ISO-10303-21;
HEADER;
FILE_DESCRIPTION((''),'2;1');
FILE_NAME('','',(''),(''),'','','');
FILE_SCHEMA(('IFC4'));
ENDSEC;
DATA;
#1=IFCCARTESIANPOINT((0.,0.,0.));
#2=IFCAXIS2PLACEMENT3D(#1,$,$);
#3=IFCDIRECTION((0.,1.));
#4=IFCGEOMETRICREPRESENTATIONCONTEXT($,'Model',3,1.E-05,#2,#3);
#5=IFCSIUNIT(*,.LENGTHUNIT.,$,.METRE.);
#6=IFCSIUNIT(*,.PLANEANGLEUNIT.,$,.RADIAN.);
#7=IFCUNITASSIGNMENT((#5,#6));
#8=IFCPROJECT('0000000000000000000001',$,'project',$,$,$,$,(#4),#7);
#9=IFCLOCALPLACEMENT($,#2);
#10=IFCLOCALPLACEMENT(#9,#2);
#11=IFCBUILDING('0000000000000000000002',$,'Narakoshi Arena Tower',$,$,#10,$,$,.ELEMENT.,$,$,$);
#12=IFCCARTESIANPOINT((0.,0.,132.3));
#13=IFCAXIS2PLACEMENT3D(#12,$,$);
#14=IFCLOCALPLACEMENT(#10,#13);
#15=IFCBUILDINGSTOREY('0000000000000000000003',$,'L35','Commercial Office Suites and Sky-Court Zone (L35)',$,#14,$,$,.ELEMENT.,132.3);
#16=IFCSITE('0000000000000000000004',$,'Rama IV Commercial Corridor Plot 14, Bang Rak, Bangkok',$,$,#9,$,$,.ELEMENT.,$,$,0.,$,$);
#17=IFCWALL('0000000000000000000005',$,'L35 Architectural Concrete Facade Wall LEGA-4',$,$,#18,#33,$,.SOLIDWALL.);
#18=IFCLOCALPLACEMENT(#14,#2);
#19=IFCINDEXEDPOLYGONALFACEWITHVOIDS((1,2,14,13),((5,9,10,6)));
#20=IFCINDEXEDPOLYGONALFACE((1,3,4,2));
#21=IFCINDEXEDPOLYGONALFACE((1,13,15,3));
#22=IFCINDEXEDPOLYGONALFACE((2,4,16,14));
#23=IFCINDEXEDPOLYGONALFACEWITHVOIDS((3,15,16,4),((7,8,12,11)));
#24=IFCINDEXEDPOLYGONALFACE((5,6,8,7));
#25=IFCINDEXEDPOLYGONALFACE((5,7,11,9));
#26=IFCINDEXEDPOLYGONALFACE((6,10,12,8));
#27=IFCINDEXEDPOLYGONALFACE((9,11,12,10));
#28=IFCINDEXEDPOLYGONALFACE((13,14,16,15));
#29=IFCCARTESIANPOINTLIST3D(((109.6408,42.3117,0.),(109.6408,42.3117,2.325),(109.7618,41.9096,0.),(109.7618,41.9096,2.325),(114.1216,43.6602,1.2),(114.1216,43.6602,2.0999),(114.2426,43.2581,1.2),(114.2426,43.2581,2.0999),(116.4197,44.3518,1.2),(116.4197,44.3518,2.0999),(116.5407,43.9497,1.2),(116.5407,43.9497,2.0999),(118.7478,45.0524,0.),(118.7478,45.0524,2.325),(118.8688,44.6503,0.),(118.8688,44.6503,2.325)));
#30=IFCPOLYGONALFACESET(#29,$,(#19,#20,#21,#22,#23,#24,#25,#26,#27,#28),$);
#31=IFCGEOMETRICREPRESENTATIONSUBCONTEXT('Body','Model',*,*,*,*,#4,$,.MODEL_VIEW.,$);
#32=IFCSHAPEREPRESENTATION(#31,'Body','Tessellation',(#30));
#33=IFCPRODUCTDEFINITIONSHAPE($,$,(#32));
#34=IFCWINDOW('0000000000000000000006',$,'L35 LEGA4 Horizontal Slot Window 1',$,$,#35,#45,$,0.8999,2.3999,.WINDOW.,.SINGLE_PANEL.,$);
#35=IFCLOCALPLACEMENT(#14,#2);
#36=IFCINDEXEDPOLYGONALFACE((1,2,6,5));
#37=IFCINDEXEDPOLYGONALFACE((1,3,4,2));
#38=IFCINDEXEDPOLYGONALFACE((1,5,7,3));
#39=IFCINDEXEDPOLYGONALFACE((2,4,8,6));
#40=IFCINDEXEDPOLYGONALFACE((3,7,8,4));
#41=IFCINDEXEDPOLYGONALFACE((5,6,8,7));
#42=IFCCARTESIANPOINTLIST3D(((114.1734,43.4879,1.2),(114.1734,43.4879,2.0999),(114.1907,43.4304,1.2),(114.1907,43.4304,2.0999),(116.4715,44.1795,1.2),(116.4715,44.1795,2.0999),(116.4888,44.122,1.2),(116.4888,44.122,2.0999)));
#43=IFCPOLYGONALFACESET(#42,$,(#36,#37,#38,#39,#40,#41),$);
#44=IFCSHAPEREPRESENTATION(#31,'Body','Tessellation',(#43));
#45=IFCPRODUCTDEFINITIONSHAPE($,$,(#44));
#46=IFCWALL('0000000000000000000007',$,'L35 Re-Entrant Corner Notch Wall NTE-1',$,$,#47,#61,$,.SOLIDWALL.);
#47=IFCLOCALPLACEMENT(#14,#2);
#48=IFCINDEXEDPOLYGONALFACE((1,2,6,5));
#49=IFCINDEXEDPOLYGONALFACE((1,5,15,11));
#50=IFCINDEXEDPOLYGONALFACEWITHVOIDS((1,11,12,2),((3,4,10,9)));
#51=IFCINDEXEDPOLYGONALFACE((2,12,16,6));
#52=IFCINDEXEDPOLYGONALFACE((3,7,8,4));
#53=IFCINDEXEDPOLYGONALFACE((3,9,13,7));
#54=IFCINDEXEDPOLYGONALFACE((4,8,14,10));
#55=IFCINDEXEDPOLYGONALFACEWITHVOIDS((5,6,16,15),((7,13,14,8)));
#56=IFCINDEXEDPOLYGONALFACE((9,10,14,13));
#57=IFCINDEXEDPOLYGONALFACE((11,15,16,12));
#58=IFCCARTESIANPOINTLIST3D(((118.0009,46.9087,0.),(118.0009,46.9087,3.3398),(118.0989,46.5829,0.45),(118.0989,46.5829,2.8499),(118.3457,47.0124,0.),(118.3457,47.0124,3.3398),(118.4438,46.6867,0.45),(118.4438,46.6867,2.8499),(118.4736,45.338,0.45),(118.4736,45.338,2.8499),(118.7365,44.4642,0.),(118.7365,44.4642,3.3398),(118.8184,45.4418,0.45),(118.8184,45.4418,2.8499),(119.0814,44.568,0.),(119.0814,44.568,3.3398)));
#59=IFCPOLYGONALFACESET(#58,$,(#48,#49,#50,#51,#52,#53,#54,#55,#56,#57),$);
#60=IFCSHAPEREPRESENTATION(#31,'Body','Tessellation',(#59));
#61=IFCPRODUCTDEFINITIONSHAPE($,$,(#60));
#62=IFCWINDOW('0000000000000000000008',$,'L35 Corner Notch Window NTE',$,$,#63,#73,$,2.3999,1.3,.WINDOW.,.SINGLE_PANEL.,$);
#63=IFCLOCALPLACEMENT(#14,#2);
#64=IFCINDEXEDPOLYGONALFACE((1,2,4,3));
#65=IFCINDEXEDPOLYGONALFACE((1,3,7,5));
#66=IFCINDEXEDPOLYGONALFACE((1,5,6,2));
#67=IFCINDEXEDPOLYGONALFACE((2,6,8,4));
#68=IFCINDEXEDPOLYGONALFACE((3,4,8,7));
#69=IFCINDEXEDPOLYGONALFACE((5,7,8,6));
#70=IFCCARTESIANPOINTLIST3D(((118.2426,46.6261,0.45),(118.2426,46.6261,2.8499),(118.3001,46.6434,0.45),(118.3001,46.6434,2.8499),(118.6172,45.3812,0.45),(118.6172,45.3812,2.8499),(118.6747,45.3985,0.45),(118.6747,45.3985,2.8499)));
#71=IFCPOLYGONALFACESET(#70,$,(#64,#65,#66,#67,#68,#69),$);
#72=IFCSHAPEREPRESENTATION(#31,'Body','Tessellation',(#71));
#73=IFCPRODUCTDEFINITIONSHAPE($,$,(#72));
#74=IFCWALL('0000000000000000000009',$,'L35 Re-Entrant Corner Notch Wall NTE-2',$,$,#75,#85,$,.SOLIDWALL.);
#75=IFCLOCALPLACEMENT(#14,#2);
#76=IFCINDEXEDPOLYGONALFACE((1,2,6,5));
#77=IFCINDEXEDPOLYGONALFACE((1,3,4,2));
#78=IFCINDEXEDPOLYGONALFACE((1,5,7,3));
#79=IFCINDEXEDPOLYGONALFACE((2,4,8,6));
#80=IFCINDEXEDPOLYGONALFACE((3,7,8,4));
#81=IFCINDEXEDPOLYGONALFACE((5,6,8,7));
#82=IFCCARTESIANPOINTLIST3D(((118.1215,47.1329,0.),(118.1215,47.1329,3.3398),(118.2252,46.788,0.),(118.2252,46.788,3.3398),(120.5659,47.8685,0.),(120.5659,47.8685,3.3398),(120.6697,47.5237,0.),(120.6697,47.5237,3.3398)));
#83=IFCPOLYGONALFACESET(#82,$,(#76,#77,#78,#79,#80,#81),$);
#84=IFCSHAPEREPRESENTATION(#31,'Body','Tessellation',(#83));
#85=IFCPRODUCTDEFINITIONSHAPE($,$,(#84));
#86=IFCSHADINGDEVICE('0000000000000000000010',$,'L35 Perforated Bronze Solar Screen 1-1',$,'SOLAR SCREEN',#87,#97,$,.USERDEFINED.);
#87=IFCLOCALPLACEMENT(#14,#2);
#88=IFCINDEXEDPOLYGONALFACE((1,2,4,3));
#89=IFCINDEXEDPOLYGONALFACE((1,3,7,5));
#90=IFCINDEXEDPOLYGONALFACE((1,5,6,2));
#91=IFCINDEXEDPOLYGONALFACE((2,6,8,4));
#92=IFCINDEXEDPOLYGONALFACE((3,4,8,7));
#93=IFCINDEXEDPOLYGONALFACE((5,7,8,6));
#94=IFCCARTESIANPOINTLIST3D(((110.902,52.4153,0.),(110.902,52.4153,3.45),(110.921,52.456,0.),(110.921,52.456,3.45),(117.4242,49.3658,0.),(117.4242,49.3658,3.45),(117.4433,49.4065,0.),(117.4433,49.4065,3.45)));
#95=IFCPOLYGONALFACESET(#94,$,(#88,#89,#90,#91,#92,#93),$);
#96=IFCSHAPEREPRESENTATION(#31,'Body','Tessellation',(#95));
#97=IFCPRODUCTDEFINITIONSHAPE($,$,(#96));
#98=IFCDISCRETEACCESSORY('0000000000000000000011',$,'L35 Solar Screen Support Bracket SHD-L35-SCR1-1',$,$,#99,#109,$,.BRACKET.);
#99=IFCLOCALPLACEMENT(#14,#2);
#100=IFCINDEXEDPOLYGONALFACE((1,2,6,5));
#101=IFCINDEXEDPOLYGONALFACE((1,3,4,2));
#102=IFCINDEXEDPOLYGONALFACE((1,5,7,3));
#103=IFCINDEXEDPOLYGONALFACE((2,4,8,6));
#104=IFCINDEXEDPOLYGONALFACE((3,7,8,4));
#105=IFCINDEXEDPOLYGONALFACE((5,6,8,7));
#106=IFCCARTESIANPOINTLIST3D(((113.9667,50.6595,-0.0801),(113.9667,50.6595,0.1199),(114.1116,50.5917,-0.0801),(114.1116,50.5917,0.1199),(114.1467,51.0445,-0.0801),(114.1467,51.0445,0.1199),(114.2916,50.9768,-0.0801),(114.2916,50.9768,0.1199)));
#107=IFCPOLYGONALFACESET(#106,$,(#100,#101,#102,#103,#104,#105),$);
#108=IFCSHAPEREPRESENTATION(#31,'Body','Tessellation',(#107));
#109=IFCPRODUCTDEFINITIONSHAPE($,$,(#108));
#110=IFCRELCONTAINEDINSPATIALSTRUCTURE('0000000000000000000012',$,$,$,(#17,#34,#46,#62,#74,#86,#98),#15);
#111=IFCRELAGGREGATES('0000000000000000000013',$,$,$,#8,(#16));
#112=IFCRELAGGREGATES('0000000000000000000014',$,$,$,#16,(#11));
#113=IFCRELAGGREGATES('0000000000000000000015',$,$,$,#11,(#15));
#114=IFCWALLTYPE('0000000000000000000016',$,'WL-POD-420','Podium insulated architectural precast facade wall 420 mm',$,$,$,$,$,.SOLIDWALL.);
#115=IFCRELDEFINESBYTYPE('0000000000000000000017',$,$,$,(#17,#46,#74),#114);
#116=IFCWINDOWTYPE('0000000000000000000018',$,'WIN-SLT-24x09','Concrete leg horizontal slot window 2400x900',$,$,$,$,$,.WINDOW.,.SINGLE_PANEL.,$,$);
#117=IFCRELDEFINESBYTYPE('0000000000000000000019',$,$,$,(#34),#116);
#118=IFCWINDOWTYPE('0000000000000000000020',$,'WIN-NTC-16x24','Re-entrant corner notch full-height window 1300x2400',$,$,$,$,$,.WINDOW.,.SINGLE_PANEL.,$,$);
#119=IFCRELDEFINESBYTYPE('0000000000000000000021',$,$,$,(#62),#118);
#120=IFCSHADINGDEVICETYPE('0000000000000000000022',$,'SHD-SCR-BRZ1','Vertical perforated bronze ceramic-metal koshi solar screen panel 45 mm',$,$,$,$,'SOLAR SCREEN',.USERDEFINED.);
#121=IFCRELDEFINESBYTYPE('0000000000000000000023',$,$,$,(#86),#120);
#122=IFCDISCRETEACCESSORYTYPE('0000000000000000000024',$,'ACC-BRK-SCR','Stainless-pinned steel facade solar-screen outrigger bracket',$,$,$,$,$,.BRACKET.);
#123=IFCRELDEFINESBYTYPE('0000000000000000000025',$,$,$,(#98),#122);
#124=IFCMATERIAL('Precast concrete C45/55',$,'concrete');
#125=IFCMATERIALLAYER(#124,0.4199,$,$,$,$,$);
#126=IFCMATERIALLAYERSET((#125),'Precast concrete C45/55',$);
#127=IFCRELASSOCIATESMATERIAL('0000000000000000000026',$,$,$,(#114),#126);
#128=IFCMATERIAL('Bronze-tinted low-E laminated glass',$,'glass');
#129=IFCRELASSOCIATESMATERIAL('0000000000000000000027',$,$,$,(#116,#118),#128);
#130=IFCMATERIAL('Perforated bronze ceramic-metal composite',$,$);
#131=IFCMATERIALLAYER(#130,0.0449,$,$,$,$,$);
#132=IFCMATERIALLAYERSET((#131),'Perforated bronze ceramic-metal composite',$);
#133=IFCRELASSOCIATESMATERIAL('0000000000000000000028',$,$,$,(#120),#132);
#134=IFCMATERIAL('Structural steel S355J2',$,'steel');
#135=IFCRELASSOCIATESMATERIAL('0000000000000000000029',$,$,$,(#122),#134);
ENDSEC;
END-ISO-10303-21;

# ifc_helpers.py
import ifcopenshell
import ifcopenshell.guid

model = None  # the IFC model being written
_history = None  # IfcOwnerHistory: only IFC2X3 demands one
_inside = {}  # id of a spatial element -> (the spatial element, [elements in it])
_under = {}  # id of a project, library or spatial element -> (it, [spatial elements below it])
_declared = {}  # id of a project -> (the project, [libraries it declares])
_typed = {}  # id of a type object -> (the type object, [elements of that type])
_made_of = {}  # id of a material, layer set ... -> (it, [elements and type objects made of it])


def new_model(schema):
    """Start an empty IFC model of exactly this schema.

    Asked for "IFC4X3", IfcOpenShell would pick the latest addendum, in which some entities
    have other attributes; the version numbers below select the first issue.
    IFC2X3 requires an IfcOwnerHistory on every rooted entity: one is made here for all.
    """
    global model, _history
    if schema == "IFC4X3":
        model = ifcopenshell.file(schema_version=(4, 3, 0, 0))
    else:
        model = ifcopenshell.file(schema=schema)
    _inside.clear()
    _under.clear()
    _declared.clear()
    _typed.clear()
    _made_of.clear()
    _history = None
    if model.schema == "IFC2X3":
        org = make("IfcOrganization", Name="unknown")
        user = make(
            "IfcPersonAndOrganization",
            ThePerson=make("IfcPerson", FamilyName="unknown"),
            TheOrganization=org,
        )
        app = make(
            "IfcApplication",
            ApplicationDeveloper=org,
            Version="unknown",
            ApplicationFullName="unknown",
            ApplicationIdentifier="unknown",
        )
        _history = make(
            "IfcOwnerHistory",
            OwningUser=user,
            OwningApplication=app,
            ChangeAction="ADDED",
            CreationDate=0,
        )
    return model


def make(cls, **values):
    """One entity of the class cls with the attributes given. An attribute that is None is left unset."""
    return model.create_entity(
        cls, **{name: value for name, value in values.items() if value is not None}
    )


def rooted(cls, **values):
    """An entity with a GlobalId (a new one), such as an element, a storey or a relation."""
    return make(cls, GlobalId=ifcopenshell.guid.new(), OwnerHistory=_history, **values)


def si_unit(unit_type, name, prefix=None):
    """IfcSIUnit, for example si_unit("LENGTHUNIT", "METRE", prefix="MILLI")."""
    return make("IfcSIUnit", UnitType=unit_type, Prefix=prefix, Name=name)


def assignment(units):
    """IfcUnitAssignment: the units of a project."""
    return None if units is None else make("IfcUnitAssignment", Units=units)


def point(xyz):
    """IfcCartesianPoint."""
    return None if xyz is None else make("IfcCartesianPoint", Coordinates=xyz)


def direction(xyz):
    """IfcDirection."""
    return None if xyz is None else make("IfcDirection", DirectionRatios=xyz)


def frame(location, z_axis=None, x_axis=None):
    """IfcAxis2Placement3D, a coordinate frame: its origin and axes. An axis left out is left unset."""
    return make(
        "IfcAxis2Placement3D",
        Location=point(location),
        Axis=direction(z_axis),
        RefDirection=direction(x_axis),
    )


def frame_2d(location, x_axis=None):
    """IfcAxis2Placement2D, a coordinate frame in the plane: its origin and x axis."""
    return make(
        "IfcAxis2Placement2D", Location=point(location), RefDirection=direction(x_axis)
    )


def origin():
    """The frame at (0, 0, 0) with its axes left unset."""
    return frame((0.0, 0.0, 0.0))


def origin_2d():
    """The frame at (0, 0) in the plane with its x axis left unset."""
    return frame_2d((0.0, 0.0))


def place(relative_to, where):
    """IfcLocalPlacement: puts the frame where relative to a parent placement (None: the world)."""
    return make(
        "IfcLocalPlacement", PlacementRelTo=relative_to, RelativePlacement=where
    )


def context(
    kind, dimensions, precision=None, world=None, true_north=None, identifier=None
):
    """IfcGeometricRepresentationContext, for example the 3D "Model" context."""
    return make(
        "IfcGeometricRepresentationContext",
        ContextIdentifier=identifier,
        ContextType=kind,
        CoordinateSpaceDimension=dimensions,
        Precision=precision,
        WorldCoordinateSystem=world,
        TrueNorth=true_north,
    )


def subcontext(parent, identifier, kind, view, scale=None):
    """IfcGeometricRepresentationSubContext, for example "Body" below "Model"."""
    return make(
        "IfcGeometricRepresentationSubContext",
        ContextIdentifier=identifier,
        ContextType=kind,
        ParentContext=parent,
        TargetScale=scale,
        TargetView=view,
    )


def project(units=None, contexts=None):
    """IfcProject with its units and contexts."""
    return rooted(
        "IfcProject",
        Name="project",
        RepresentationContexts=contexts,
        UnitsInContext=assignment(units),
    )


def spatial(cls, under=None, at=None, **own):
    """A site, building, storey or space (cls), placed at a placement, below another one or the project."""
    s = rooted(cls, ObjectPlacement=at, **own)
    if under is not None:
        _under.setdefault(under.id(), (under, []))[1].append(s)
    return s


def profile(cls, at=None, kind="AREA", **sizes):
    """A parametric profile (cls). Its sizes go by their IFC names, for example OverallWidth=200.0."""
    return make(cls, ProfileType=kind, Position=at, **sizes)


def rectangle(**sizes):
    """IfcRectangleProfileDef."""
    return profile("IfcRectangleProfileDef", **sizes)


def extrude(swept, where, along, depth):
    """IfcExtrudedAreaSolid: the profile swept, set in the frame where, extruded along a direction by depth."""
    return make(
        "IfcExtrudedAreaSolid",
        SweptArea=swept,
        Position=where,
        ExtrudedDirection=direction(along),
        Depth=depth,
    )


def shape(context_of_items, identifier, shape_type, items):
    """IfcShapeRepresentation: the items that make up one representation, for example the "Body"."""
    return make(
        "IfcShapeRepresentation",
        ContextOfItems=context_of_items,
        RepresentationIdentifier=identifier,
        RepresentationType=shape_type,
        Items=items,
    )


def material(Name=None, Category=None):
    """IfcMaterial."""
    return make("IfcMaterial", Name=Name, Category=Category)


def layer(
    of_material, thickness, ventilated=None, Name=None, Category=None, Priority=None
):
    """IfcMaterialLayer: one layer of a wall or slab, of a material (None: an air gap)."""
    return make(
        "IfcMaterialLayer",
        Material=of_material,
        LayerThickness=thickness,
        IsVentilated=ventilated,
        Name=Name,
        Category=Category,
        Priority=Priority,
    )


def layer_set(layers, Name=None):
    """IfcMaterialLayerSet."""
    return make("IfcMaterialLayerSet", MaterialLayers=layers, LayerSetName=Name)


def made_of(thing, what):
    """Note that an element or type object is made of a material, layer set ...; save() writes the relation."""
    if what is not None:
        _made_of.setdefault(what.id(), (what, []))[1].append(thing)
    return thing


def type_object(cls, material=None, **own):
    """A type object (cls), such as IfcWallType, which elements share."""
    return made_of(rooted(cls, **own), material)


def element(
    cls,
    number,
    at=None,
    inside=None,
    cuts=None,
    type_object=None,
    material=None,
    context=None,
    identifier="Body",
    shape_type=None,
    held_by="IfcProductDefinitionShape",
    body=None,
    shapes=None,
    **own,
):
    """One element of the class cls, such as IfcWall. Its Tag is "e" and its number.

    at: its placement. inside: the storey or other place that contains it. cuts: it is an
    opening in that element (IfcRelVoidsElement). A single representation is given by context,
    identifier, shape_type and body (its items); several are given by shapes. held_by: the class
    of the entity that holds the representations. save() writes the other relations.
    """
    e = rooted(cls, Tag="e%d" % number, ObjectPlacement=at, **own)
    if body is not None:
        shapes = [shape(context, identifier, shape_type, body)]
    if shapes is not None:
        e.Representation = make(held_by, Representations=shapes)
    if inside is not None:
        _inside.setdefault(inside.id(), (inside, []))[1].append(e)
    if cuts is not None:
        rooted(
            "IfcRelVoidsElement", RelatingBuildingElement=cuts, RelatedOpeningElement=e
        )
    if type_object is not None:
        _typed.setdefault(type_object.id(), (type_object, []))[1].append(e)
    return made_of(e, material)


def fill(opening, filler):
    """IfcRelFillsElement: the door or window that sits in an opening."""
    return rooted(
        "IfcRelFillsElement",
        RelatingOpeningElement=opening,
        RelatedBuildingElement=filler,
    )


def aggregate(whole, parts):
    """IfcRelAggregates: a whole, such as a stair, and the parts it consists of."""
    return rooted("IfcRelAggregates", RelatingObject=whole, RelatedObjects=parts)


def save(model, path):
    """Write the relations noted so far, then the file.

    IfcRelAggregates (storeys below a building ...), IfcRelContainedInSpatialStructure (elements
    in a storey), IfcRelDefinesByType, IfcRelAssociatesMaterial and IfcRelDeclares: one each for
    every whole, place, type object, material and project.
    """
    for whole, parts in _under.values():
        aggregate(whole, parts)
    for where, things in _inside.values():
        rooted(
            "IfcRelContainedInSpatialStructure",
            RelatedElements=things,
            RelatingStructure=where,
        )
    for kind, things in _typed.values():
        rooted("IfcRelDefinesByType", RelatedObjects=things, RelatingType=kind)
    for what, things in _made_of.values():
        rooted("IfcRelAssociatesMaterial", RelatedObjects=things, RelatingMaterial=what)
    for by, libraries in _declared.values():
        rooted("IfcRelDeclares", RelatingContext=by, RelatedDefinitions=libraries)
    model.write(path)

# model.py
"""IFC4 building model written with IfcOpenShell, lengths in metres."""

from ifc_helpers import new_model, si_unit, direction, frame, frame_2d, origin, origin_2d, place, context, subcontext, project, spatial, rectangle, extrude, material, layer, layer_set, type_object, element, fill, save


model = new_model("IFC4")

# Units and contexts
model_context = context("Model", 3, precision=1e-05, world=origin(), true_north=direction((0.0, 1.0)))
body_context = subcontext(model_context, "Body", "Model", "MODEL_VIEW")
ifc_project = project(units=[si_unit("LENGTHUNIT", "METRE"), si_unit("PLANEANGLEUNIT", "RADIAN")], contexts=[model_context])

# Site, building, storey
site_placement = place(None, origin())
site = spatial("IfcSite", under=ifc_project, at=site_placement, Name="Rama IV Commercial Corridor Plot 14, Bang Rak, Bangkok", CompositionType="ELEMENT", RefElevation=0.0)
building_placement = place(site_placement, origin())
building = spatial("IfcBuilding", under=site, at=building_placement, Name="Narakoshi Arena Tower", CompositionType="ELEMENT")
storey_placement = place(building_placement, frame((0.0, 0.0, 132.3)))
storey = spatial("IfcBuildingStorey", under=building, at=storey_placement, Name="L35", Description="Commercial Office Suites and Sky-Court Zone (L35)", CompositionType="ELEMENT", Elevation=132.3)

# Shared definitions
ifc_material_1 = material(Name="Structural steel S355J2", Category="steel")

# Shared definitions
ifc_material_2 = material(Name="Bronze-tinted low-E laminated glass", Category="glass")

# Shared definitions
ifc_material_3 = material(Name="Precast concrete C45/55", Category="concrete")

# Walls, openings, windows
ifc_layer_1 = layer(ifc_material_3, 0.4199)
ifc_layer_set_1 = layer_set([ifc_layer_1], Name="Precast concrete C45/55")
wall_type_1 = type_object("IfcWallType", Name="WL-POD-420", Description="Podium insulated architectural precast facade wall 420 mm", PredefinedType="SOLIDWALL", material=ifc_layer_set_1)
wall_1_placement = place(storey_placement, frame((109.7012, 42.1106, 0.0), z_axis=(0.0, 0.0, 1.0), x_axis=(0.957576, 0.288181, 0.0)))
wall_1 = element("IfcWall", 1, at=wall_1_placement, inside=storey, type_object=wall_type_1, Name="L35 Architectural Concrete Facade Wall LEGA-4", PredefinedType="SOLIDWALL", context=body_context, shape_type="SweptSolid", body=[
    extrude(rectangle(XDim=9.5105, YDim=0.4199, at=frame_2d((4.7554, 0.0))), origin(), (0.0, 0.0, 1.0), 2.325),
])
opening_1_placement = place(wall_1_placement, frame((4.6794, 0.0, 1.2)))
opening_1 = element("IfcOpeningElement", 2, at=opening_1_placement, cuts=wall_1, PredefinedType="OPENING", context=body_context, shape_type="SweptSolid", body=[
    extrude(rectangle(XDim=2.3999, YDim=0.8999, at=frame_2d((1.2, 0.45))), frame((0.0, 0.22, 0.0), z_axis=(0.0, -1.0, 0.0), x_axis=(1.0, 0.0, 0.0)), (0.0, 0.0, 1.0), 0.4399),
])
window_type_1 = type_object("IfcWindowType", Name="WIN-SLT-24x09", Description="Concrete leg horizontal slot window 2400x900", PartitioningType="SINGLE_PANEL", PredefinedType="WINDOW", material=ifc_material_2)
window_1_placement = place(opening_1_placement, origin())
window_1 = element("IfcWindow", 3, at=window_1_placement, inside=storey, type_object=window_type_1, Name="L35 LEGA4 Horizontal Slot Window 1", OverallHeight=0.8999, OverallWidth=2.3999, PartitioningType="SINGLE_PANEL", PredefinedType="WINDOW", context=body_context, shape_type="SweptSolid", body=[
    extrude(rectangle(XDim=2.3999, YDim=0.8999, at=frame_2d((1.2, 0.45))), frame((0.0, 0.03, 0.0), z_axis=(0.0, -1.0, 0.0), x_axis=(1.0, 0.0, 0.0)), (0.0, 0.0, 1.0), 0.0601),
])
fill(opening_1, window_1)
wall_2_placement = place(storey_placement, frame((118.9089, 44.5161, 0.0), z_axis=(0.0, 0.0, 1.0), x_axis=(-0.288173, 0.957578, 0.0)))
wall_2 = element("IfcWall", 4, at=wall_2_placement, inside=storey, type_object=wall_type_1, Name="L35 Re-Entrant Corner Notch Wall NTE-1", PredefinedType="SOLIDWALL", context=body_context, shape_type="SweptSolid", body=[
    extrude(rectangle(XDim=2.5527, YDim=0.3601, at=frame_2d((1.2764, 0.0))), origin(), (0.0, 0.0, 1.0), 3.3398),
])
opening_2_placement = place(wall_2_placement, frame((0.9126, 0.0, 0.45)))
opening_2 = element("IfcOpeningElement", 5, at=opening_2_placement, cuts=wall_2, PredefinedType="OPENING", context=body_context, shape_type="SweptSolid", body=[
    extrude(rectangle(XDim=1.3, YDim=2.3999, at=frame_2d((0.6499, 1.2))), frame((0.0, 0.1899, 0.0), z_axis=(0.0, -1.0, 0.0), x_axis=(1.0, 0.0, 0.0)), (0.0, 0.0, 1.0), 0.3801),
])
window_type_2 = type_object("IfcWindowType", Name="WIN-NTC-16x24", Description="Re-entrant corner notch full-height window 1300x2400", PartitioningType="SINGLE_PANEL", PredefinedType="WINDOW", material=ifc_material_2)
window_2_placement = place(opening_2_placement, origin())
window_2 = element("IfcWindow", 6, at=window_2_placement, inside=storey, type_object=window_type_2, Name="L35 Corner Notch Window NTE", OverallHeight=2.3999, OverallWidth=1.3, PartitioningType="SINGLE_PANEL", PredefinedType="WINDOW", context=body_context, shape_type="SweptSolid", body=[
    extrude(rectangle(XDim=1.3, YDim=2.3999, at=frame_2d((0.6499, 1.2))), frame((0.0, 0.03, 0.0), z_axis=(0.0, -1.0, 0.0), x_axis=(1.0, 0.0, 0.0)), (0.0, 0.0, 1.0), 0.0601),
])
fill(opening_2, window_2)

# Wall
wall_3_placement = place(storey_placement, frame((118.1733, 46.9604, 0.0), z_axis=(0.0, 0.0, 1.0), x_axis=(0.957578, 0.288173, 0.0)))
element("IfcWall", 7, at=wall_3_placement, inside=storey, type_object=wall_type_1, Name="L35 Re-Entrant Corner Notch Wall NTE-2", PredefinedType="SOLIDWALL", context=body_context, shape_type="SweptSolid", body=[
    extrude(rectangle(XDim=2.5527, YDim=0.3601, at=frame_2d((1.2764, 0.0))), origin(), (0.0, 0.0, 1.0), 3.3398),
])

# Shading device
ifc_material_4 = material(Name="Perforated bronze ceramic-metal composite")
ifc_layer_2 = layer(ifc_material_4, 0.0449)
ifc_layer_set_2 = layer_set([ifc_layer_2], Name="Perforated bronze ceramic-metal composite")
shading_device_type = type_object("IfcShadingDeviceType", Name="SHD-SCR-BRZ1", Description="Vertical perforated bronze ceramic-metal koshi solar screen panel 45 mm", ElementType="SOLAR SCREEN", PredefinedType="USERDEFINED", material=ifc_layer_set_2)
shading_device_placement = place(storey_placement, frame((114.1726, 50.9109, 0.0), z_axis=(0.0, 0.0, 1.0), x_axis=(-0.90588, 0.423535, 0.0)))
element("IfcShadingDevice", 8, at=shading_device_placement, inside=storey, type_object=shading_device_type, Name="L35 Perforated Bronze Solar Screen 1-1", ObjectType="SOLAR SCREEN", PredefinedType="USERDEFINED", context=body_context, shape_type="SweptSolid", body=[
    extrude(rectangle(XDim=7.2, YDim=0.0449, at=origin_2d()), origin(), (0.0, 0.0, 1.0), 3.45),
])

# Discrete accessory
discrete_accessory_type = type_object("IfcDiscreteAccessoryType", Name="ACC-BRK-SCR", Description="Stainless-pinned steel facade solar-screen outrigger bracket", PredefinedType="BRACKET", material=ifc_material_1)
discrete_accessory_placement = place(storey_placement, frame((114.1292, 50.8181, -0.0801), z_axis=(0.0, 0.0, 1.0), x_axis=(-0.90588, 0.423535, 0.0)))
element("IfcDiscreteAccessory", 9, at=discrete_accessory_placement, inside=storey, type_object=discrete_accessory_type, Name="L35 Solar Screen Support Bracket SHD-L35-SCR1-1", PredefinedType="BRACKET", context=body_context, shape_type="SweptSolid", body=[
    extrude(rectangle(XDim=0.1599, YDim=0.425, at=origin_2d()), origin(), (0.0, 0.0, 1.0), 0.2),
])

save(model, "model.ifc")
